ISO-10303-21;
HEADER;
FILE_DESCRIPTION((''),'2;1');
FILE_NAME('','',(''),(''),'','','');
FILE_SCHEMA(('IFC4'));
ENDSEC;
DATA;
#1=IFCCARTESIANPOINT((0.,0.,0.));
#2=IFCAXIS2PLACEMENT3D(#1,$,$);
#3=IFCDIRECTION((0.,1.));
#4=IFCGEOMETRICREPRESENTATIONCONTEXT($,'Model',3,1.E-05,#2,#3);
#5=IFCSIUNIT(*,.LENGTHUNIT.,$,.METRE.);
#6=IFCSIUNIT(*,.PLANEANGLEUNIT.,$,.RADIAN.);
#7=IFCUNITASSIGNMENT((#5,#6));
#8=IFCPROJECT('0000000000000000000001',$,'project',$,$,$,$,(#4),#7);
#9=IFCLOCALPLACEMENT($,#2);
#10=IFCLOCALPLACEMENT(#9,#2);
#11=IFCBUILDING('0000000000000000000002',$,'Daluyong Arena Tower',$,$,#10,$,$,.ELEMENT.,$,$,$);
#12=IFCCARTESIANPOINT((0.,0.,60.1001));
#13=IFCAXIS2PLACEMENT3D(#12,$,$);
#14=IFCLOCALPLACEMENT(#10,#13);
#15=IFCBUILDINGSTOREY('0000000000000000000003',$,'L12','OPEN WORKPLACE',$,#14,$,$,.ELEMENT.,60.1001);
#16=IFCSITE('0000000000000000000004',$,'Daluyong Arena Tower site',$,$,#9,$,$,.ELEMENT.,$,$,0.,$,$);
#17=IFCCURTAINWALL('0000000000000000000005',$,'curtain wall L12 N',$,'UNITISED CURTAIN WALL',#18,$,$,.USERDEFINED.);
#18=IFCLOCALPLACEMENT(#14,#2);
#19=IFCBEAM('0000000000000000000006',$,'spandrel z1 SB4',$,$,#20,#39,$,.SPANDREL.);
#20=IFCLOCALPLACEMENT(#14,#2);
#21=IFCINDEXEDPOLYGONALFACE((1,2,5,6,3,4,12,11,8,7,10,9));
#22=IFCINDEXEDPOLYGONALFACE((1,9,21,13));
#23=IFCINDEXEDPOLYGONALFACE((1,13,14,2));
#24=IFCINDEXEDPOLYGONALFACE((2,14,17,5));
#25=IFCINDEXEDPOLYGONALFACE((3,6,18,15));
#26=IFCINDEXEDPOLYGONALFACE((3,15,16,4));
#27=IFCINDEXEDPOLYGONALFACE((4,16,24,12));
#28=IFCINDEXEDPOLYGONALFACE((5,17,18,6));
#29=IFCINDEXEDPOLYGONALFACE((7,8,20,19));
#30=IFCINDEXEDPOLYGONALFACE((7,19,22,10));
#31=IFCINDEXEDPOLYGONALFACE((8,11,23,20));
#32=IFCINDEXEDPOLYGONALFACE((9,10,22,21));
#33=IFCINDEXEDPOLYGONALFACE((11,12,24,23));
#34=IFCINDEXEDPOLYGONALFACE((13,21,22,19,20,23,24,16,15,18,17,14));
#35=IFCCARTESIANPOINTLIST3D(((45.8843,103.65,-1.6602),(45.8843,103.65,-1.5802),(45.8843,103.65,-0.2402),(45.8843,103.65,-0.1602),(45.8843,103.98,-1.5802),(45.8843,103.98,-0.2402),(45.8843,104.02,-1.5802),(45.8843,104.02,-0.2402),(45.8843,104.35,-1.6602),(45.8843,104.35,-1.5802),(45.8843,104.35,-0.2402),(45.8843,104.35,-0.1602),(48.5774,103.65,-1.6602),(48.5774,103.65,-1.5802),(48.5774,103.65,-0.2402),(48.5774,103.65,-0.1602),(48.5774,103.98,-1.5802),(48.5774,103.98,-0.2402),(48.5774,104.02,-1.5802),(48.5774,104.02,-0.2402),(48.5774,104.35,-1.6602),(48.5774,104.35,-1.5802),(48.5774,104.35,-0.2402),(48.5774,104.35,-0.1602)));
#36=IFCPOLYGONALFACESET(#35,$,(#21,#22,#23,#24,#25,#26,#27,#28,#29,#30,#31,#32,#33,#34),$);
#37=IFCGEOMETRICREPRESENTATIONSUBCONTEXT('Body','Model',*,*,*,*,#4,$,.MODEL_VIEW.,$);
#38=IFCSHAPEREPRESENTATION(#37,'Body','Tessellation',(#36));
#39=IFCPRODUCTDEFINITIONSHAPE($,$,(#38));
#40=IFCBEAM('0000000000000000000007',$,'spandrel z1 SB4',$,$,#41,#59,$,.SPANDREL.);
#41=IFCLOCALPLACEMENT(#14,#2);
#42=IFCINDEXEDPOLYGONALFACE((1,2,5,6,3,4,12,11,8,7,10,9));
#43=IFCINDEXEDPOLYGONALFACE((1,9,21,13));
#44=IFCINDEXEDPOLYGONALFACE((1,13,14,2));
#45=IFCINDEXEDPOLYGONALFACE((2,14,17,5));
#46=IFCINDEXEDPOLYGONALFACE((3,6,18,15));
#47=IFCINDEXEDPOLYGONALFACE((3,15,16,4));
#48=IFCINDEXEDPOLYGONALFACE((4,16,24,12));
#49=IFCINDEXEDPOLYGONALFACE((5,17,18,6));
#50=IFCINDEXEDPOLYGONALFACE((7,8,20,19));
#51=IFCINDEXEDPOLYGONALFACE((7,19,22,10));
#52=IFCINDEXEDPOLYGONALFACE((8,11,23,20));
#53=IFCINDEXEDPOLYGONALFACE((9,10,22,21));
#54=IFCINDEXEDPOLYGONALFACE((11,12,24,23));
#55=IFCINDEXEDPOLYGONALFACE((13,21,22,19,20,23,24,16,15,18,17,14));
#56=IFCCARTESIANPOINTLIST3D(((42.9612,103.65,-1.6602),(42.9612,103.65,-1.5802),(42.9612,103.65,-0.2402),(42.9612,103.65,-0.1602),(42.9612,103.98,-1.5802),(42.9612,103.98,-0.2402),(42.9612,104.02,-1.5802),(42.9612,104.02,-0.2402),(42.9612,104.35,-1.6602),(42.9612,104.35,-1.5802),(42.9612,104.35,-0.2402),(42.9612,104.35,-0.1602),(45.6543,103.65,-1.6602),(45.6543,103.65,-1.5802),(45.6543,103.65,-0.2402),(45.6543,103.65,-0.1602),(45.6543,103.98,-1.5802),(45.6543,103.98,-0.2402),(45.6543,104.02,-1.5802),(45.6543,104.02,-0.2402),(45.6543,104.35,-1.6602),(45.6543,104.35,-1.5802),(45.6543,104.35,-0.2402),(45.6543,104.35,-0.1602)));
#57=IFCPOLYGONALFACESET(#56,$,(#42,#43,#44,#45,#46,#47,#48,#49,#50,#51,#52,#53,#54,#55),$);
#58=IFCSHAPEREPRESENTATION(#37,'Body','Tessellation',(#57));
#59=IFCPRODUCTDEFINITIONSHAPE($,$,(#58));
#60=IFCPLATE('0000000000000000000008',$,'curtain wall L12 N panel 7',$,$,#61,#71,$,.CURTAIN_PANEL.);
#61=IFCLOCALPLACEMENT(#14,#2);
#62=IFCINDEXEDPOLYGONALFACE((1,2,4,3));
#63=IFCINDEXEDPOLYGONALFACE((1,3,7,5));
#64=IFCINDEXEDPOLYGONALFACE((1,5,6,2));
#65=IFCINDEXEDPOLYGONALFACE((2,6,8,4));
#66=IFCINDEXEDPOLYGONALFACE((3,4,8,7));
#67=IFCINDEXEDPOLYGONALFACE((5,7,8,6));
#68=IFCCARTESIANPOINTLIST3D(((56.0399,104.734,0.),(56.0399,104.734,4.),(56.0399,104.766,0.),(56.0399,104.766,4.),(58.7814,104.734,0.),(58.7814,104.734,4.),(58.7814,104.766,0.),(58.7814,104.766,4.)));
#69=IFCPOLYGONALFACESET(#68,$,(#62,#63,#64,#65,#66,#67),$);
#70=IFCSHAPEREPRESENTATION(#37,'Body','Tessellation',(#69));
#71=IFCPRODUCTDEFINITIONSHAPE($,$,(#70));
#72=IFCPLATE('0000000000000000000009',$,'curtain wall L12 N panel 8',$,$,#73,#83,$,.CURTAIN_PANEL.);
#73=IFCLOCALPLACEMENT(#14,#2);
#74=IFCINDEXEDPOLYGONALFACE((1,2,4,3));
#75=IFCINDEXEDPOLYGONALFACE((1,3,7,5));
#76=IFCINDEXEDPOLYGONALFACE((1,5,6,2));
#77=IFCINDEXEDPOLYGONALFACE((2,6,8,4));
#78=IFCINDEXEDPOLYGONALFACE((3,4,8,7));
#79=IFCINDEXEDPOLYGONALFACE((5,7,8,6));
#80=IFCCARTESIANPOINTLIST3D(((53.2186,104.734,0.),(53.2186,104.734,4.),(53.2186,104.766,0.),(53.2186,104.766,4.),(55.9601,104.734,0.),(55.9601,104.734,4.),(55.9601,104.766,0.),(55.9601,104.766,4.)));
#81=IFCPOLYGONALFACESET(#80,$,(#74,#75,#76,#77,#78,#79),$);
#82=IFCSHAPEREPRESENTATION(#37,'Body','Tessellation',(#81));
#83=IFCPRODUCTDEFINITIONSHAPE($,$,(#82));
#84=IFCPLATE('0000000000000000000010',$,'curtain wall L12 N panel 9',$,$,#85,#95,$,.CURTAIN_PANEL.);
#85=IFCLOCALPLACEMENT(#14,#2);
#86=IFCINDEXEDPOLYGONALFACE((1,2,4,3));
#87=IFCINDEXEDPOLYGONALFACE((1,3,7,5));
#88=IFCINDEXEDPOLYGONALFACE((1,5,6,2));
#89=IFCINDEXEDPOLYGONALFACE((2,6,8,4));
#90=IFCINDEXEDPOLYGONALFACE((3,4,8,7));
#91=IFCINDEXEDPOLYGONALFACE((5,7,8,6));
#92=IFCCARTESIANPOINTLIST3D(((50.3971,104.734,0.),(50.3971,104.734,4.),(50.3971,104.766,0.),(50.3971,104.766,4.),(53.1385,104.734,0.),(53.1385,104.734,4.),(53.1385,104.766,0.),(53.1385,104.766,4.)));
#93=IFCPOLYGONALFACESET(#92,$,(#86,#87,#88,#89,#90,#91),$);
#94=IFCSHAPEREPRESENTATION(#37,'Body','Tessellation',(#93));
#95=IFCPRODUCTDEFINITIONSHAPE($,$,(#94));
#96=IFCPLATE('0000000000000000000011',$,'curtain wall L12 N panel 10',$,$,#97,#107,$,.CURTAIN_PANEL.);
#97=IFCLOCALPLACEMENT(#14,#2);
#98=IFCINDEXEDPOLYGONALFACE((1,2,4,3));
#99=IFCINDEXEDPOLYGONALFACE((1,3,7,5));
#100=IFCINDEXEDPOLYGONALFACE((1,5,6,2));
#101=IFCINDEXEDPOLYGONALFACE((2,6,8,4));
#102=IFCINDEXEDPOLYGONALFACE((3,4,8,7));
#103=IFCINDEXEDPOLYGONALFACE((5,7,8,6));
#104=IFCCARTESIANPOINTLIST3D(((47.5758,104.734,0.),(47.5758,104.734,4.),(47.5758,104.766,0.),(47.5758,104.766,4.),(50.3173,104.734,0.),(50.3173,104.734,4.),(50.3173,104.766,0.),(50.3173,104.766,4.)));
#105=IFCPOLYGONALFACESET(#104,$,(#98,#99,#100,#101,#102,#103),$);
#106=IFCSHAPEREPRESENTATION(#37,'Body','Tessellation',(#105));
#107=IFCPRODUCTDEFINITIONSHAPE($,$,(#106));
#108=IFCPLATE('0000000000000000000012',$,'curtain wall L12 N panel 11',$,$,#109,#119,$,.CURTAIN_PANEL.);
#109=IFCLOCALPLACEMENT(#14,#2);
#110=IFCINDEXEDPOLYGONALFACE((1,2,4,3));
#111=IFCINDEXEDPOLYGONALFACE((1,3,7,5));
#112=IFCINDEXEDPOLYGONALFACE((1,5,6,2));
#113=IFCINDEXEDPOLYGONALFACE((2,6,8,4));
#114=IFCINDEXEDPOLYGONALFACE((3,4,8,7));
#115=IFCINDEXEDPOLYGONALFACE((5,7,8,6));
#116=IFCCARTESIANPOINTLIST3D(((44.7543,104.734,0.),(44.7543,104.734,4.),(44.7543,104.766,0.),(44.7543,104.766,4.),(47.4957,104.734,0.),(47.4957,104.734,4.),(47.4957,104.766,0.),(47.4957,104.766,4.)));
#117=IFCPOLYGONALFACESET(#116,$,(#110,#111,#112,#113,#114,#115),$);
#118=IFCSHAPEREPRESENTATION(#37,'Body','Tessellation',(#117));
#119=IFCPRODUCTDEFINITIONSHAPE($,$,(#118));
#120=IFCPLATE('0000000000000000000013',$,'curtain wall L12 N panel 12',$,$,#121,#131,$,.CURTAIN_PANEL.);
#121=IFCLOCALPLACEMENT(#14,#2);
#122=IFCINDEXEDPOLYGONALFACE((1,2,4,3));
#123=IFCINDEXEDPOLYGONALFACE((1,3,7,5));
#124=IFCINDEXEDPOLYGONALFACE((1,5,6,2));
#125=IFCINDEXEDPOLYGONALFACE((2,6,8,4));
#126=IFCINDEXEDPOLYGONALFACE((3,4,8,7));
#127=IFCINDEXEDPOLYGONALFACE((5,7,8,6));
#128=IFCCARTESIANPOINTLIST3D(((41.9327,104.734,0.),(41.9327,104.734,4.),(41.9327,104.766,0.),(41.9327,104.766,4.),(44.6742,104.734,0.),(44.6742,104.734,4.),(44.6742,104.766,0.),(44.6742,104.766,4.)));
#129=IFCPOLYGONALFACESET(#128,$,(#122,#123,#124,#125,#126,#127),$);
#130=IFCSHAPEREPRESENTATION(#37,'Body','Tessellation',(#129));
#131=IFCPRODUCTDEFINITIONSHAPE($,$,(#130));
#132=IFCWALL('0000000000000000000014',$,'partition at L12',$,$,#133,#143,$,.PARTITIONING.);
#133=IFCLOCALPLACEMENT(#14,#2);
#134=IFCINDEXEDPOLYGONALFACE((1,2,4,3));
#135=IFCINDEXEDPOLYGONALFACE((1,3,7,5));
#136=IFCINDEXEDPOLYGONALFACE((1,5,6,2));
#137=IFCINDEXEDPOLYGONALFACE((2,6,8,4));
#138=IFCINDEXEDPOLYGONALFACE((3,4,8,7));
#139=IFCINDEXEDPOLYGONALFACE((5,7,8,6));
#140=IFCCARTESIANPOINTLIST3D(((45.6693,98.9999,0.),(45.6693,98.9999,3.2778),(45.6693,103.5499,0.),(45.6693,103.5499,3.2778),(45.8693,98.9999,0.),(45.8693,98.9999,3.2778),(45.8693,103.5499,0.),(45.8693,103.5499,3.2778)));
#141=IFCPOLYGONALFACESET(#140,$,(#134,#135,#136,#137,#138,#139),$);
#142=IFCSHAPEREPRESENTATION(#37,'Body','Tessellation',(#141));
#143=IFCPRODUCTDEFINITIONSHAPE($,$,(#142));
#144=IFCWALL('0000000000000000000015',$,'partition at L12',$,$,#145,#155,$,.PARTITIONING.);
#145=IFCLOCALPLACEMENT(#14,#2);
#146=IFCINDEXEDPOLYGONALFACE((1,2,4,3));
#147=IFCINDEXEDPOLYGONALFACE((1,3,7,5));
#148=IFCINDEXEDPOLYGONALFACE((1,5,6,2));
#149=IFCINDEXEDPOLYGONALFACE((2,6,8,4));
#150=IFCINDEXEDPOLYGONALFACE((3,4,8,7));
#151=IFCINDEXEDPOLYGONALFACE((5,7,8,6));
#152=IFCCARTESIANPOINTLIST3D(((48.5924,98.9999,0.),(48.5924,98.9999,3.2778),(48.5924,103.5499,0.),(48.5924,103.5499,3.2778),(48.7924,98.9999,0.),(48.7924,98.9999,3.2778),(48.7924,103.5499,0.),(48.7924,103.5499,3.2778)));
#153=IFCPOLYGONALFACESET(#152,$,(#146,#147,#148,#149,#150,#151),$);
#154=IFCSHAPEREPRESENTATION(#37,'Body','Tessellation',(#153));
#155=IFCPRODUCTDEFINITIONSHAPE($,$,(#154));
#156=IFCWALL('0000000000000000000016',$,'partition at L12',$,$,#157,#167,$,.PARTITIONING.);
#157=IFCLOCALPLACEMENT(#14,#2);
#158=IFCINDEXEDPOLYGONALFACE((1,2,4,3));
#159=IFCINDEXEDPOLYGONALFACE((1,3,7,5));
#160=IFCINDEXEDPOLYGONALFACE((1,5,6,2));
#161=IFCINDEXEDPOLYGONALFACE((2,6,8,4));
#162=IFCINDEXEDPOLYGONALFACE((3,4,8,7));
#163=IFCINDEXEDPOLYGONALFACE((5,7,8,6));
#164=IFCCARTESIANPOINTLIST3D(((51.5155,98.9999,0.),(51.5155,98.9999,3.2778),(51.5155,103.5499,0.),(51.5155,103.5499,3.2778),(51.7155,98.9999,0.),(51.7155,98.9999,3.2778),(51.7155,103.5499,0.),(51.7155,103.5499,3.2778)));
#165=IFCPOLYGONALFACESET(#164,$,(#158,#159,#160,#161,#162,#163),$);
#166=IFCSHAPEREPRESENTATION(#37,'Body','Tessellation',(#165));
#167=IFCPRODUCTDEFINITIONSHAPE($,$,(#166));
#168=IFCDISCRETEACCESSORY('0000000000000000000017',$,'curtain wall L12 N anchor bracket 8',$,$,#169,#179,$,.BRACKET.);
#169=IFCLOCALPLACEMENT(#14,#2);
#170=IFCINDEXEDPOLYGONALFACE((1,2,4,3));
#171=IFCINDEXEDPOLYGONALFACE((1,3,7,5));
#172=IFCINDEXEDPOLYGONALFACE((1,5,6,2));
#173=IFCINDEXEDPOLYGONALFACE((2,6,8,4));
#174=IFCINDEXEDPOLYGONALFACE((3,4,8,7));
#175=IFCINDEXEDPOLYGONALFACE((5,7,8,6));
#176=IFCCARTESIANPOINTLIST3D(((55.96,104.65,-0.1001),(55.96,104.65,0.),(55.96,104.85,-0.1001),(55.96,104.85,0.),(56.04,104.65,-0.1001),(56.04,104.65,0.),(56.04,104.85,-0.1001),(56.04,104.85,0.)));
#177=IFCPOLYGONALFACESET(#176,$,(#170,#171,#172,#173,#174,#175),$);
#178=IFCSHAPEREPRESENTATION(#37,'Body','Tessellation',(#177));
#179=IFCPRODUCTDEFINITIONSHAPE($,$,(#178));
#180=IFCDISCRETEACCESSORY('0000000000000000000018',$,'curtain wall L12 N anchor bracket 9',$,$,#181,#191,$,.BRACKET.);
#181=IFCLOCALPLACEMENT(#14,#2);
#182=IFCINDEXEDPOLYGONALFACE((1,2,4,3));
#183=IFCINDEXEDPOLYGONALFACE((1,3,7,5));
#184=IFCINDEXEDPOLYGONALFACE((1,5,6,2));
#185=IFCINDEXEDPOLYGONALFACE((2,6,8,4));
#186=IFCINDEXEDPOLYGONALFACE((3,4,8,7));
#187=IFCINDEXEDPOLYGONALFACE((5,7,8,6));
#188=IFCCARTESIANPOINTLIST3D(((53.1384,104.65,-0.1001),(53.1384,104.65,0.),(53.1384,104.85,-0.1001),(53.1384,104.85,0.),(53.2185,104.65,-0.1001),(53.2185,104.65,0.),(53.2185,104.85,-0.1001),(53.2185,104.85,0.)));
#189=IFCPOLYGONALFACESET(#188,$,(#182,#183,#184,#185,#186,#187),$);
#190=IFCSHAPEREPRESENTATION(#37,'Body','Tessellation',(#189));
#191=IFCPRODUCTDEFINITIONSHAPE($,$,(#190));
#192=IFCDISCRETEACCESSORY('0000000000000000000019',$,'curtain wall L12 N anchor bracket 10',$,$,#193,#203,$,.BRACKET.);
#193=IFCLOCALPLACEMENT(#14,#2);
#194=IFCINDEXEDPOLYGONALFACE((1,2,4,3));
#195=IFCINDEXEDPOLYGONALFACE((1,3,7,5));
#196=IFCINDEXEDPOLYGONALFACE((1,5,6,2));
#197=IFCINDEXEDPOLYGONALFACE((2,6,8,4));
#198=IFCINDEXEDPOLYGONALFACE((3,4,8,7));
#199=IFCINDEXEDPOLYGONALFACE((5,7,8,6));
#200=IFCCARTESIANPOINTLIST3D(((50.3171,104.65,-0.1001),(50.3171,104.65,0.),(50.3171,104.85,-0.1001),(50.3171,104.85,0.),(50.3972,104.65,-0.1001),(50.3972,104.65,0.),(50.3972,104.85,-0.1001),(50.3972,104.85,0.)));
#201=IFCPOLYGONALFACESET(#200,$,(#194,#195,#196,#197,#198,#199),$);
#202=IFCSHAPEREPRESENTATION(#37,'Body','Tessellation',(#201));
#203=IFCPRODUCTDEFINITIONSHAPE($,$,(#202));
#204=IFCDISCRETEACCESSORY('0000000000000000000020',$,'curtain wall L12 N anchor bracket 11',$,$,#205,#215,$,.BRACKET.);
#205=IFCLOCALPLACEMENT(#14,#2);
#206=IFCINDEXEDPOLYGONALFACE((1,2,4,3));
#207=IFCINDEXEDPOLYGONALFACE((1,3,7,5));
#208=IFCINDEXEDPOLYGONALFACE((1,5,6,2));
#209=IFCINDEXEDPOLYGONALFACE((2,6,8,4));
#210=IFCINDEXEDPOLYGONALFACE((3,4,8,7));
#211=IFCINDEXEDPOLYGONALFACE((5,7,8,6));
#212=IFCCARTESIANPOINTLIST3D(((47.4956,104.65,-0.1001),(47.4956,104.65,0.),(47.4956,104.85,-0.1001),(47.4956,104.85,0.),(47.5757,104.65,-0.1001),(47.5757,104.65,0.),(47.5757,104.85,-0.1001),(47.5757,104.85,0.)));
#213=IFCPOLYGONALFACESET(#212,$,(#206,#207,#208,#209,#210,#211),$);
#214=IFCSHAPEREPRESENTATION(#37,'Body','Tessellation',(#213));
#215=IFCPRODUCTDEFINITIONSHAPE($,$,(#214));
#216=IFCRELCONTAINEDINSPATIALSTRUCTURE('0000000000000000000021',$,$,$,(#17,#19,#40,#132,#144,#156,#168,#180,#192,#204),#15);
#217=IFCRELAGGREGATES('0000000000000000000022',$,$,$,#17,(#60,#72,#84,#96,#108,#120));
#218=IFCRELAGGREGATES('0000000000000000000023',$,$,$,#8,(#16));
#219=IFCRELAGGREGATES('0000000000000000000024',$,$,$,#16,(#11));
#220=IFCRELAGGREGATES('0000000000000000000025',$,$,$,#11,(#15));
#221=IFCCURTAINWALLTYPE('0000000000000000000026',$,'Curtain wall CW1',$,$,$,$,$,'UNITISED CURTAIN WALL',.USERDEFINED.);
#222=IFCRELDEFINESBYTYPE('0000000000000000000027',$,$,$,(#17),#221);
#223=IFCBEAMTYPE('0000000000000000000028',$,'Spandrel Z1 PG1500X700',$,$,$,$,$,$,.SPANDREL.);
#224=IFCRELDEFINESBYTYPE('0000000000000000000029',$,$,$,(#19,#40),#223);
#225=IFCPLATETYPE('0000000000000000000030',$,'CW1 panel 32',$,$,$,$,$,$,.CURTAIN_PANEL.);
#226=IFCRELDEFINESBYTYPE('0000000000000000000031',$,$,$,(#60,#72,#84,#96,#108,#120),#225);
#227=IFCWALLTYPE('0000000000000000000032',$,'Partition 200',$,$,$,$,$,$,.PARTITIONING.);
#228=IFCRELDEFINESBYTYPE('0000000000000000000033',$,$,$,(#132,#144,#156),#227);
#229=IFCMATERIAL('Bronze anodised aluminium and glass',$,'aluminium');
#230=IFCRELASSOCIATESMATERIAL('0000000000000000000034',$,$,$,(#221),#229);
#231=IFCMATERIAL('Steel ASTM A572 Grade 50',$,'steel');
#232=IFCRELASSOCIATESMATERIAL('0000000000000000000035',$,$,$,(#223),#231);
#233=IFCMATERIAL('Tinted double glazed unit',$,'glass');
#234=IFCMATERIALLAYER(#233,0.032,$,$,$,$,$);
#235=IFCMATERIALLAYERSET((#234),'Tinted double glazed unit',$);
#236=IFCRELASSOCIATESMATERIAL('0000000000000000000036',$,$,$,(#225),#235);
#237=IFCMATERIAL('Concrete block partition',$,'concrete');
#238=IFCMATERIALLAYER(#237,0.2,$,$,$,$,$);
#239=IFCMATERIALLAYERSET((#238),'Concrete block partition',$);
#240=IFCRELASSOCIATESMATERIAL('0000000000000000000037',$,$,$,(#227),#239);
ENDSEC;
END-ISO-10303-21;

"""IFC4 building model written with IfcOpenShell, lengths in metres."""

from ifc_helpers import new_model, si_unit, direction, frame, frame_2d, origin, origin_2d, place, context, subcontext, project, spatial, rectangle, i_section, extrude, material, layer, layer_set, material_profile, profile_set, type_object, element, aggregate, save


model = new_model("IFC4")

# Units and contexts
model_context = context("Model", 3, precision=1e-05, world=origin(), true_north=direction((0.0, 1.0)))
body_context = subcontext(model_context, "Body", "Model", "MODEL_VIEW")
ifc_project = project(units=[si_unit("LENGTHUNIT", "METRE"), si_unit("PLANEANGLEUNIT", "RADIAN")], contexts=[model_context])

# Site, building, storey
site_placement = place(None, origin())
site = spatial("IfcSite", under=ifc_project, at=site_placement, Name="Daluyong Arena Tower site", CompositionType="ELEMENT", RefElevation=0.0)
building_placement = place(site_placement, origin())
building = spatial("IfcBuilding", under=site, at=building_placement, Name="Daluyong Arena Tower", CompositionType="ELEMENT")
storey_placement = place(building_placement, frame((0.0, 0.0, 60.1001)))
storey = spatial("IfcBuildingStorey", under=building, at=storey_placement, Name="L12", Description="OPEN WORKPLACE", CompositionType="ELEMENT", Elevation=60.1001)

# Curtain wall
ifc_material_1 = material(Name="Bronze anodised aluminium and glass", Category="aluminium")
curtain_wall_type = type_object("IfcCurtainWallType", Name="Curtain wall CW1", ElementType="UNITISED CURTAIN WALL", PredefinedType="USERDEFINED", material=ifc_material_1)
curtain_wall_placement = place(storey_placement, origin())
curtain_wall = element("IfcCurtainWall", 1, at=curtain_wall_placement, inside=storey, type_object=curtain_wall_type, Name="curtain wall L12 N", ObjectType="UNITISED CURTAIN WALL", PredefinedType="USERDEFINED")

# Beams
ifc_material_2 = material(Name="Steel ASTM A572 Grade 50", Category="steel")
ifc_material_profile_1 = material_profile(ifc_material_2, i_section(OverallWidth=0.7, OverallDepth=1.5, WebThickness=0.04, FlangeThickness=0.08, at=origin_2d()))
ifc_profile_set_1 = profile_set([ifc_material_profile_1], Name="Steel ASTM A572 Grade 50")
beam_type_1 = type_object("IfcBeamType", Name="Spandrel Z1 PG1500X700", PredefinedType="SPANDREL", material=ifc_profile_set_1)
for number, where, z_axis, x_axis, name in (
    (2, (48.5774, 104.0, -0.9102), (-1.0, 0.0, 0.0), (0.0, -1.0, 0.0), "spandrel z1 SB4"),
    (3, (45.6543, 104.0, -0.9102), (-1.0, 0.0, 0.0), (0.0, -1.0, 0.0), "spandrel z1 SB4"),
):
    element("IfcBeam", number, at=place(storey_placement, frame(where, z_axis=z_axis, x_axis=x_axis)), inside=storey, type_object=beam_type_1, Name=name, PredefinedType="SPANDREL", context=body_context, shape_type="SweptSolid", body=[
        extrude(i_section(OverallWidth=0.7, OverallDepth=1.5, WebThickness=0.04, FlangeThickness=0.08, at=origin_2d()), origin(), (0.0, 0.0, 1.0), 2.6931),
    ])

# Plates
ifc_material_3 = material(Name="Tinted double glazed unit", Category="glass")
ifc_layer_1 = layer(ifc_material_3, 0.032)
ifc_layer_set_1 = layer_set([ifc_layer_1], Name="Tinted double glazed unit")
plate_type = type_object("IfcPlateType", Name="CW1 panel 32", PredefinedType="CURTAIN_PANEL", material=ifc_layer_set_1)
plate_1_placement = place(storey_placement, frame((57.4106, 104.75, 0.0), z_axis=(0.0, 0.0, 1.0), x_axis=(-1.0, 0.0, 0.0)))
plate_1 = element("IfcPlate", 4, at=plate_1_placement, type_object=plate_type, Name="curtain wall L12 N panel 7", PredefinedType="CURTAIN_PANEL", context=body_context, shape_type="SweptSolid", body=[
    extrude(rectangle(XDim=2.7415, YDim=0.032, at=origin_2d()), origin(), (0.0, 0.0, 1.0), 4.0),
])
plate_2_placement = place(storey_placement, frame((54.5894, 104.75, 0.0), z_axis=(0.0, 0.0, 1.0), x_axis=(-1.0, 0.0, 0.0)))
plate_2 = element("IfcPlate", 5, at=plate_2_placement, type_object=plate_type, Name="curtain wall L12 N panel 8", PredefinedType="CURTAIN_PANEL", context=body_context, shape_type="SweptSolid", body=[
    extrude(rectangle(XDim=2.7415, YDim=0.032, at=origin_2d()), origin(), (0.0, 0.0, 1.0), 4.0),
])
plate_3_placement = place(storey_placement, frame((51.7678, 104.75, 0.0), z_axis=(0.0, 0.0, 1.0), x_axis=(-1.0, 0.0, 0.0)))
plate_3 = element("IfcPlate", 6, at=plate_3_placement, type_object=plate_type, Name="curtain wall L12 N panel 9", PredefinedType="CURTAIN_PANEL", context=body_context, shape_type="SweptSolid", body=[
    extrude(rectangle(XDim=2.7415, YDim=0.032, at=origin_2d()), origin(), (0.0, 0.0, 1.0), 4.0),
])
plate_4_placement = place(storey_placement, frame((48.9465, 104.75, 0.0), z_axis=(0.0, 0.0, 1.0), x_axis=(-1.0, 0.0, 0.0)))
plate_4 = element("IfcPlate", 7, at=plate_4_placement, type_object=plate_type, Name="curtain wall L12 N panel 10", PredefinedType="CURTAIN_PANEL", context=body_context, shape_type="SweptSolid", body=[
    extrude(rectangle(XDim=2.7415, YDim=0.032, at=origin_2d()), origin(), (0.0, 0.0, 1.0), 4.0),
])
plate_5_placement = place(storey_placement, frame((46.125, 104.75, 0.0), z_axis=(0.0, 0.0, 1.0), x_axis=(-1.0, 0.0, 0.0)))
plate_5 = element("IfcPlate", 8, at=plate_5_placement, type_object=plate_type, Name="curtain wall L12 N panel 11", PredefinedType="CURTAIN_PANEL", context=body_context, shape_type="SweptSolid", body=[
    extrude(rectangle(XDim=2.7415, YDim=0.032, at=origin_2d()), origin(), (0.0, 0.0, 1.0), 4.0),
])
plate_6_placement = place(storey_placement, frame((43.3035, 104.75, 0.0), z_axis=(0.0, 0.0, 1.0), x_axis=(-1.0, 0.0, 0.0)))
plate_6 = element("IfcPlate", 9, at=plate_6_placement, type_object=plate_type, Name="curtain wall L12 N panel 12", PredefinedType="CURTAIN_PANEL", context=body_context, shape_type="SweptSolid", body=[
    extrude(rectangle(XDim=2.7415, YDim=0.032, at=origin_2d()), origin(), (0.0, 0.0, 1.0), 4.0),
])
aggregate(curtain_wall, [plate_1, plate_2, plate_3, plate_4, plate_5, plate_6])

# Walls
ifc_material_4 = material(Name="Concrete block partition", Category="concrete")
ifc_layer_2 = layer(ifc_material_4, 0.2)
ifc_layer_set_2 = layer_set([ifc_layer_2], Name="Concrete block partition")
wall_type = type_object("IfcWallType", Name="Partition 200", PredefinedType="PARTITIONING", material=ifc_layer_set_2)
for number, where, z_axis, x_axis, name in (
    (10, (45.7693, 99.0, 0.0), (0.0, 0.0, 1.0), (0.0, 1.0, 0.0), "partition at L12"),
    (11, (48.6924, 99.0, 0.0), (0.0, 0.0, 1.0), (0.0, 1.0, 0.0), "partition at L12"),
    (12, (51.6155, 99.0, 0.0), (0.0, 0.0, 1.0), (0.0, 1.0, 0.0), "partition at L12"),
):
    element("IfcWall", number, at=place(storey_placement, frame(where, z_axis=z_axis, x_axis=x_axis)), inside=storey, type_object=wall_type, Name=name, PredefinedType="PARTITIONING", context=body_context, shape_type="SweptSolid", body=[
        extrude(rectangle(XDim=4.55, YDim=0.2, at=frame_2d((2.2749, 0.0))), origin(), (0.0, 0.0, 1.0), 3.2778),
    ])

# Discrete accessories
for number, where, z_axis, x_axis, name in (
    (13, (56.0, 104.75, -0.1001), (0.0, 0.0, 1.0), (-1.0, 0.0, 0.0), "curtain wall L12 N anchor bracket 8"),
    (14, (53.1785, 104.75, -0.1001), (0.0, 0.0, 1.0), (-1.0, 0.0, 0.0), "curtain wall L12 N anchor bracket 9"),
    (15, (50.3572, 104.75, -0.1001), (0.0, 0.0, 1.0), (-1.0, 0.0, 0.0), "curtain wall L12 N anchor bracket 10"),
    (16, (47.5356, 104.75, -0.1001), (0.0, 0.0, 1.0), (-1.0, 0.0, 0.0), "curtain wall L12 N anchor bracket 11"),
):
    element("IfcDiscreteAccessory", number, at=place(storey_placement, frame(where, z_axis=z_axis, x_axis=x_axis)), inside=storey, Name=name, PredefinedType="BRACKET", context=body_context, shape_type="SweptSolid", body=[
        extrude(rectangle(XDim=0.0801, YDim=0.2, at=origin_2d()), origin(), (0.0, 0.0, 1.0), 0.1001),
    ])

save(model, "model.ifc")
